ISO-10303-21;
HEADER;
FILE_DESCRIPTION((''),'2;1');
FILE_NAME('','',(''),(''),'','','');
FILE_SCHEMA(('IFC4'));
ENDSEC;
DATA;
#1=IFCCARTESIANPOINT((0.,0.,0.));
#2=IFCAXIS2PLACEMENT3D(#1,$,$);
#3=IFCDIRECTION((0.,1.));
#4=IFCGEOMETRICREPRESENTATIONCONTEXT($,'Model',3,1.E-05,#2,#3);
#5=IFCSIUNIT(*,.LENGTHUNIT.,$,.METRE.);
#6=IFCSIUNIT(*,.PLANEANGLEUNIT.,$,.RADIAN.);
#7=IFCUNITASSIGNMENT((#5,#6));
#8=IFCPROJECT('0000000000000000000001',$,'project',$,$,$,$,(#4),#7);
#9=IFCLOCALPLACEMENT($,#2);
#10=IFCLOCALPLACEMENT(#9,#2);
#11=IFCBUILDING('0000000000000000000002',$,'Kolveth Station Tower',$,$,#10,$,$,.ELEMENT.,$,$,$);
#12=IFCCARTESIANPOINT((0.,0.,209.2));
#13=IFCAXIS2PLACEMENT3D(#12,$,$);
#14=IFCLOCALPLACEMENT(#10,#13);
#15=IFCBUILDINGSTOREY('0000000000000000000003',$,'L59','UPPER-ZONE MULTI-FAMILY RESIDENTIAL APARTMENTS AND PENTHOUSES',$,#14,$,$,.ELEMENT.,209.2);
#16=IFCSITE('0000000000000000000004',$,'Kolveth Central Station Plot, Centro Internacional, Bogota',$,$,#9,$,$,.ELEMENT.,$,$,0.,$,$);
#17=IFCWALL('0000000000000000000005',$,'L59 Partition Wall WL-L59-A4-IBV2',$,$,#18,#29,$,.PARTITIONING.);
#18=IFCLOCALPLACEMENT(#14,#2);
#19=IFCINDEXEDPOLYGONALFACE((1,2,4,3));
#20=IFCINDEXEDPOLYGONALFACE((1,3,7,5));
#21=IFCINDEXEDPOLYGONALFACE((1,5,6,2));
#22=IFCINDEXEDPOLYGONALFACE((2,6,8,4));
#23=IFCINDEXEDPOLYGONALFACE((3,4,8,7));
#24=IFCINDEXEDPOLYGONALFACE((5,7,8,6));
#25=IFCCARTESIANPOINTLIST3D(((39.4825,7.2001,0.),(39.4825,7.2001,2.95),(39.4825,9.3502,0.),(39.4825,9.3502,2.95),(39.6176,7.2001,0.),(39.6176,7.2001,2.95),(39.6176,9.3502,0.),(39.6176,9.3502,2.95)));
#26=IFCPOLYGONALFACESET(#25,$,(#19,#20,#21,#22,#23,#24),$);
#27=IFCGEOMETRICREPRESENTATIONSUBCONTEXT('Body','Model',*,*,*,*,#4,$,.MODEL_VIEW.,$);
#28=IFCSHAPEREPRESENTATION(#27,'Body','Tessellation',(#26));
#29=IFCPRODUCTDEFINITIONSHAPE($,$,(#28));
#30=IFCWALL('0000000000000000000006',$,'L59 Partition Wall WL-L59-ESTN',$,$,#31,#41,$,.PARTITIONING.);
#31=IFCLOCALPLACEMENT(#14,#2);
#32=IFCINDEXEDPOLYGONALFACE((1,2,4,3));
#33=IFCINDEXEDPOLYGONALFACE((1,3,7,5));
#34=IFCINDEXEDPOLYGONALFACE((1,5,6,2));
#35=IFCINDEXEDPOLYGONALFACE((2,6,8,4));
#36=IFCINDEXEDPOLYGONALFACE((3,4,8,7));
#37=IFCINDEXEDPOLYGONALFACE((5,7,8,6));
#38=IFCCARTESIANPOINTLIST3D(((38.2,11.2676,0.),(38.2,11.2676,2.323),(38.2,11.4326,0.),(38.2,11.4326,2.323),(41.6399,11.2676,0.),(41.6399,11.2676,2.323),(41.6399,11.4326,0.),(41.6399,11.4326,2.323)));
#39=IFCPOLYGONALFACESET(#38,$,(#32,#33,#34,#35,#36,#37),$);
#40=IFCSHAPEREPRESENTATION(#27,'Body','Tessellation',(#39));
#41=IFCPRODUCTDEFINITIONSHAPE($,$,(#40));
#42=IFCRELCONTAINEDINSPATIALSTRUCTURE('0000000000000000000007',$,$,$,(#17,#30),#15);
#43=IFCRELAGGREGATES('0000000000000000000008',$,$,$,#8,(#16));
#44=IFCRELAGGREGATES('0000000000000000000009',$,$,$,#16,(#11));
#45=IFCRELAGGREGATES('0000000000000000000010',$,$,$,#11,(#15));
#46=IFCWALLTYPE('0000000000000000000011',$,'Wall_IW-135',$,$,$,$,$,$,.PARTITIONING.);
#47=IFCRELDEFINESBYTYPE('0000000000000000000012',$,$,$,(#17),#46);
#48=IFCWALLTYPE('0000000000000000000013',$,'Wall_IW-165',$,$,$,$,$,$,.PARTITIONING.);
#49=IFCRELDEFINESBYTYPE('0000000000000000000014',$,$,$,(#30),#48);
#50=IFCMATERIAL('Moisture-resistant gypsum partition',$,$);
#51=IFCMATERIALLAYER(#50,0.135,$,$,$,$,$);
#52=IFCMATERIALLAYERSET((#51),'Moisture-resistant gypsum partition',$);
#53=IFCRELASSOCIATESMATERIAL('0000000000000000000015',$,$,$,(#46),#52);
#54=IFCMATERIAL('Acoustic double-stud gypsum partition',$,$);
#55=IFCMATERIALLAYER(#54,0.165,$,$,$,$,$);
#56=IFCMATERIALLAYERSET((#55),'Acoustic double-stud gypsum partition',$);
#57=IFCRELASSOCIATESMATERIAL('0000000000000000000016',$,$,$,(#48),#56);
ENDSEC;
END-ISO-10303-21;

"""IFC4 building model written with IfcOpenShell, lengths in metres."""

from ifc_helpers import new_model, si_unit, direction, frame, frame_2d, origin, place, context, subcontext, project, spatial, rectangle, extrude, material, layer, layer_set, type_object, element, save


model = new_model("IFC4")

# Units and contexts
model_context = context("Model", 3, precision=1e-05, world=origin(), true_north=direction((0.0, 1.0)))
body_context = subcontext(model_context, "Body", "Model", "MODEL_VIEW")
ifc_project = project(units=[si_unit("LENGTHUNIT", "METRE"), si_unit("PLANEANGLEUNIT", "RADIAN")], contexts=[model_context])

# Site, building, storey
site_placement = place(None, origin())
site = spatial("IfcSite", under=ifc_project, at=site_placement, Name="Kolveth Central Station Plot, Centro Internacional, Bogota", CompositionType="ELEMENT", RefElevation=0.0)
building_placement = place(site_placement, origin())
building = spatial("IfcBuilding", under=site, at=building_placement, Name="Kolveth Station Tower", CompositionType="ELEMENT")
storey_placement = place(building_placement, frame((0.0, 0.0, 209.2)))
storey = spatial("IfcBuildingStorey", under=building, at=storey_placement, Name="L59", Description="UPPER-ZONE MULTI-FAMILY RESIDENTIAL APARTMENTS AND PENTHOUSES", CompositionType="ELEMENT", Elevation=209.2)

# Shared definitions
ifc_material_1 = material(Name="Moisture-resistant gypsum partition")
ifc_layer_1 = layer(ifc_material_1, 0.135)
ifc_layer_set_1 = layer_set([ifc_layer_1], Name="Moisture-resistant gypsum partition")
wall_type_1 = type_object("IfcWallType", Name="Wall_IW-135", PredefinedType="PARTITIONING", material=ifc_layer_set_1)

# Wall
for number, where, z_axis, x_axis, name in (
    (1, (39.55, 7.2, 0.0), (0.0, 0.0, 1.0), (0.0, 1.0, 0.0), "L59 Partition Wall WL-L59-A4-IBV2"),
):
    element("IfcWall", number, at=place(storey_placement, frame(where, z_axis=z_axis, x_axis=x_axis)), inside=storey, type_object=wall_type_1, Name=name, PredefinedType="PARTITIONING", context=body_context, shape_type="SweptSolid", body=[
        extrude(rectangle(XDim=2.1501, YDim=0.135, at=frame_2d((1.0752, 0.0))), origin(), (0.0, 0.0, 1.0), 2.95),
    ])

# Shared definitions
ifc_material_2 = material(Name="Acoustic double-stud gypsum partition")
ifc_layer_2 = layer(ifc_material_2, 0.165)
ifc_layer_set_2 = layer_set([ifc_layer_2], Name="Acoustic double-stud gypsum partition")
wall_type_2 = type_object("IfcWallType", Name="Wall_IW-165", PredefinedType="PARTITIONING", material=ifc_layer_set_2)

# Wall
wall_1_placement = place(storey_placement, frame((38.2, 11.3501, 0.0), z_axis=(0.0, 0.0, 1.0), x_axis=(1.0, 0.0, 0.0)))
element("IfcWall", 2, at=wall_1_placement, inside=storey, type_object=wall_type_2, Name="L59 Partition Wall WL-L59-ESTN", PredefinedType="PARTITIONING", context=body_context, shape_type="SweptSolid", body=[
    extrude(rectangle(XDim=3.4399, YDim=0.165, at=frame_2d((1.72, 0.0))), origin(), (0.0, 0.0, 1.0), 2.323),
])

save(model, "model.ifc")
